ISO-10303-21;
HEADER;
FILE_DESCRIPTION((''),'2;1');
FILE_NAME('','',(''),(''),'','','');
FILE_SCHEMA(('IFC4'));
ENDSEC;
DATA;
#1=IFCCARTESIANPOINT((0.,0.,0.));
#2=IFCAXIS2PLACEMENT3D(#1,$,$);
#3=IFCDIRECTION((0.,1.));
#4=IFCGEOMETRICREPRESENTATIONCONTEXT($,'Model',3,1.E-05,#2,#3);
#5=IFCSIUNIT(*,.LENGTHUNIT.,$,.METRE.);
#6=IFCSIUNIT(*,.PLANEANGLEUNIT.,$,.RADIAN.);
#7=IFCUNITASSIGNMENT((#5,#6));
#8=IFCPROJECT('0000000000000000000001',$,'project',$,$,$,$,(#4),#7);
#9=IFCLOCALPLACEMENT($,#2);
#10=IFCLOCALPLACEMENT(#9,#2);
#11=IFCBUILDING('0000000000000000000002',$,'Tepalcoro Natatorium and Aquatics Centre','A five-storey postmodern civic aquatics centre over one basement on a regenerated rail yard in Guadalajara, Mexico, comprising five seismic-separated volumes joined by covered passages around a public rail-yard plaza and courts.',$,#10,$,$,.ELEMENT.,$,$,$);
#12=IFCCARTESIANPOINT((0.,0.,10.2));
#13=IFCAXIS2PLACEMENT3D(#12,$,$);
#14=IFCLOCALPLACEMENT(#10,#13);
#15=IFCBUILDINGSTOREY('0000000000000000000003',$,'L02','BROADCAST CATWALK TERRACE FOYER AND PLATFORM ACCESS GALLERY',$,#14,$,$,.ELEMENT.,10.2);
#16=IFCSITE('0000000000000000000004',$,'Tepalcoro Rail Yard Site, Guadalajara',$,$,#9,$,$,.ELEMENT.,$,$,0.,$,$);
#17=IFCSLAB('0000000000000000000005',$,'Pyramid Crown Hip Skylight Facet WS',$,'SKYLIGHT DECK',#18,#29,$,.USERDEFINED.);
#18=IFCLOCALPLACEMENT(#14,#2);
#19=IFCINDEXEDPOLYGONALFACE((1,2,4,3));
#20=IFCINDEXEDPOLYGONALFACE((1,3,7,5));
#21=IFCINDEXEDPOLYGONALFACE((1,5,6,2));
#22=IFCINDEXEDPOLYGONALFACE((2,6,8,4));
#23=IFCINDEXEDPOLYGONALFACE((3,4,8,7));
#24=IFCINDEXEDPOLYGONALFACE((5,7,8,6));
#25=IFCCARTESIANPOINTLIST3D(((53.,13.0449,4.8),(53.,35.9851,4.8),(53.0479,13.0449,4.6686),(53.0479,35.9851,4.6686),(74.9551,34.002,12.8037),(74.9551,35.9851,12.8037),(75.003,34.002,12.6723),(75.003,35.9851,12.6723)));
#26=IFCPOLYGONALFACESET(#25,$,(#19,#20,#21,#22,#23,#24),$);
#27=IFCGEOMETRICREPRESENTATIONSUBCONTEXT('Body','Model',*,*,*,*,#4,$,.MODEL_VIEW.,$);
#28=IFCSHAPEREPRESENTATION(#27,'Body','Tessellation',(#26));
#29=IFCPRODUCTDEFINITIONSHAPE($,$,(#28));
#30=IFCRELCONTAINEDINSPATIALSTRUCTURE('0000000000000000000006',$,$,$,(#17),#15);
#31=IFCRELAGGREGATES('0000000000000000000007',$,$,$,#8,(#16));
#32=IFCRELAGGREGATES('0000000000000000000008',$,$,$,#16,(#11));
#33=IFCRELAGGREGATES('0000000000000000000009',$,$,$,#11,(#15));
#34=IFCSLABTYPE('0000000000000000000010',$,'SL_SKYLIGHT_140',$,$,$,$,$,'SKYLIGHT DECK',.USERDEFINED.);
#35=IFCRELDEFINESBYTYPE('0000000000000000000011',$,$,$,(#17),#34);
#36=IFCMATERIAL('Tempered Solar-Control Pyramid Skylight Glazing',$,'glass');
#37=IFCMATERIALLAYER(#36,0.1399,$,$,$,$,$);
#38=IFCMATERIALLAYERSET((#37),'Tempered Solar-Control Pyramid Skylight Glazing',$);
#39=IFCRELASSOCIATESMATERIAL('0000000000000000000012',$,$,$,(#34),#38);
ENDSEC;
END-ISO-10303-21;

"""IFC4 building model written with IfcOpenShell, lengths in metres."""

from ifc_helpers import new_model, si_unit, direction, frame, origin, place, context, subcontext, project, spatial, polyline, outline, extrude, material, layer, layer_set, type_object, element, save


model = new_model("IFC4")

# Units and contexts
model_context = context("Model", 3, precision=1e-05, world=origin(), true_north=direction((0.0, 1.0)))
body_context = subcontext(model_context, "Body", "Model", "MODEL_VIEW")
ifc_project = project(units=[si_unit("LENGTHUNIT", "METRE"), si_unit("PLANEANGLEUNIT", "RADIAN")], contexts=[model_context])

# Site, building, storey
site_placement = place(None, origin())
site = spatial("IfcSite", under=ifc_project, at=site_placement, Name="Tepalcoro Rail Yard Site, Guadalajara", CompositionType="ELEMENT", RefElevation=0.0)
building_placement = place(site_placement, origin())
building = spatial("IfcBuilding", under=site, at=building_placement, Name="Tepalcoro Natatorium and Aquatics Centre", Description="A five-storey postmodern civic aquatics centre over one basement on a regenerated rail yard in Guadalajara, Mexico, comprising five seismic-separated volumes joined by covered passages around a public rail-yard plaza and courts.", CompositionType="ELEMENT")
storey_placement = place(building_placement, frame((0.0, 0.0, 10.2)))
storey = spatial("IfcBuildingStorey", under=building, at=storey_placement, Name="L02", Description="BROADCAST CATWALK TERRACE FOYER AND PLATFORM ACCESS GALLERY", CompositionType="ELEMENT", Elevation=10.2)

# Slab
ifc_material_1 = material(Name="Tempered Solar-Control Pyramid Skylight Glazing", Category="glass")
ifc_layer_1 = layer(ifc_material_1, 0.1399)
ifc_layer_set_1 = layer_set([ifc_layer_1], Name="Tempered Solar-Control Pyramid Skylight Glazing")
slab_type_1 = type_object("IfcSlabType", Name="SL_SKYLIGHT_140", ElementType="SKYLIGHT DECK", PredefinedType="USERDEFINED", material=ifc_layer_set_1)
slab_1_placement = place(storey_placement, frame((53.0, 13.0449, 4.8), z_axis=(-0.342499, 0.0, 0.939518), x_axis=(0.699447, 0.667651, 0.254981)))
element("IfcSlab", 1, at=slab_1_placement, inside=storey, type_object=slab_type_1, Name="Pyramid Crown Hip Skylight Facet WS", ObjectType="SKYLIGHT DECK", PredefinedType="USERDEFINED", context=body_context, shape_type="SweptSolid", body=[
    extrude(outline(polyline([(0.0, 0.0), (31.3892, 0.0), (32.7132, 1.4764), (15.316, 17.0784), (0.0, 0.0)])), origin(), (0.0, 0.0, -1.0), 0.1399),
])

save(model, "model.ifc")
